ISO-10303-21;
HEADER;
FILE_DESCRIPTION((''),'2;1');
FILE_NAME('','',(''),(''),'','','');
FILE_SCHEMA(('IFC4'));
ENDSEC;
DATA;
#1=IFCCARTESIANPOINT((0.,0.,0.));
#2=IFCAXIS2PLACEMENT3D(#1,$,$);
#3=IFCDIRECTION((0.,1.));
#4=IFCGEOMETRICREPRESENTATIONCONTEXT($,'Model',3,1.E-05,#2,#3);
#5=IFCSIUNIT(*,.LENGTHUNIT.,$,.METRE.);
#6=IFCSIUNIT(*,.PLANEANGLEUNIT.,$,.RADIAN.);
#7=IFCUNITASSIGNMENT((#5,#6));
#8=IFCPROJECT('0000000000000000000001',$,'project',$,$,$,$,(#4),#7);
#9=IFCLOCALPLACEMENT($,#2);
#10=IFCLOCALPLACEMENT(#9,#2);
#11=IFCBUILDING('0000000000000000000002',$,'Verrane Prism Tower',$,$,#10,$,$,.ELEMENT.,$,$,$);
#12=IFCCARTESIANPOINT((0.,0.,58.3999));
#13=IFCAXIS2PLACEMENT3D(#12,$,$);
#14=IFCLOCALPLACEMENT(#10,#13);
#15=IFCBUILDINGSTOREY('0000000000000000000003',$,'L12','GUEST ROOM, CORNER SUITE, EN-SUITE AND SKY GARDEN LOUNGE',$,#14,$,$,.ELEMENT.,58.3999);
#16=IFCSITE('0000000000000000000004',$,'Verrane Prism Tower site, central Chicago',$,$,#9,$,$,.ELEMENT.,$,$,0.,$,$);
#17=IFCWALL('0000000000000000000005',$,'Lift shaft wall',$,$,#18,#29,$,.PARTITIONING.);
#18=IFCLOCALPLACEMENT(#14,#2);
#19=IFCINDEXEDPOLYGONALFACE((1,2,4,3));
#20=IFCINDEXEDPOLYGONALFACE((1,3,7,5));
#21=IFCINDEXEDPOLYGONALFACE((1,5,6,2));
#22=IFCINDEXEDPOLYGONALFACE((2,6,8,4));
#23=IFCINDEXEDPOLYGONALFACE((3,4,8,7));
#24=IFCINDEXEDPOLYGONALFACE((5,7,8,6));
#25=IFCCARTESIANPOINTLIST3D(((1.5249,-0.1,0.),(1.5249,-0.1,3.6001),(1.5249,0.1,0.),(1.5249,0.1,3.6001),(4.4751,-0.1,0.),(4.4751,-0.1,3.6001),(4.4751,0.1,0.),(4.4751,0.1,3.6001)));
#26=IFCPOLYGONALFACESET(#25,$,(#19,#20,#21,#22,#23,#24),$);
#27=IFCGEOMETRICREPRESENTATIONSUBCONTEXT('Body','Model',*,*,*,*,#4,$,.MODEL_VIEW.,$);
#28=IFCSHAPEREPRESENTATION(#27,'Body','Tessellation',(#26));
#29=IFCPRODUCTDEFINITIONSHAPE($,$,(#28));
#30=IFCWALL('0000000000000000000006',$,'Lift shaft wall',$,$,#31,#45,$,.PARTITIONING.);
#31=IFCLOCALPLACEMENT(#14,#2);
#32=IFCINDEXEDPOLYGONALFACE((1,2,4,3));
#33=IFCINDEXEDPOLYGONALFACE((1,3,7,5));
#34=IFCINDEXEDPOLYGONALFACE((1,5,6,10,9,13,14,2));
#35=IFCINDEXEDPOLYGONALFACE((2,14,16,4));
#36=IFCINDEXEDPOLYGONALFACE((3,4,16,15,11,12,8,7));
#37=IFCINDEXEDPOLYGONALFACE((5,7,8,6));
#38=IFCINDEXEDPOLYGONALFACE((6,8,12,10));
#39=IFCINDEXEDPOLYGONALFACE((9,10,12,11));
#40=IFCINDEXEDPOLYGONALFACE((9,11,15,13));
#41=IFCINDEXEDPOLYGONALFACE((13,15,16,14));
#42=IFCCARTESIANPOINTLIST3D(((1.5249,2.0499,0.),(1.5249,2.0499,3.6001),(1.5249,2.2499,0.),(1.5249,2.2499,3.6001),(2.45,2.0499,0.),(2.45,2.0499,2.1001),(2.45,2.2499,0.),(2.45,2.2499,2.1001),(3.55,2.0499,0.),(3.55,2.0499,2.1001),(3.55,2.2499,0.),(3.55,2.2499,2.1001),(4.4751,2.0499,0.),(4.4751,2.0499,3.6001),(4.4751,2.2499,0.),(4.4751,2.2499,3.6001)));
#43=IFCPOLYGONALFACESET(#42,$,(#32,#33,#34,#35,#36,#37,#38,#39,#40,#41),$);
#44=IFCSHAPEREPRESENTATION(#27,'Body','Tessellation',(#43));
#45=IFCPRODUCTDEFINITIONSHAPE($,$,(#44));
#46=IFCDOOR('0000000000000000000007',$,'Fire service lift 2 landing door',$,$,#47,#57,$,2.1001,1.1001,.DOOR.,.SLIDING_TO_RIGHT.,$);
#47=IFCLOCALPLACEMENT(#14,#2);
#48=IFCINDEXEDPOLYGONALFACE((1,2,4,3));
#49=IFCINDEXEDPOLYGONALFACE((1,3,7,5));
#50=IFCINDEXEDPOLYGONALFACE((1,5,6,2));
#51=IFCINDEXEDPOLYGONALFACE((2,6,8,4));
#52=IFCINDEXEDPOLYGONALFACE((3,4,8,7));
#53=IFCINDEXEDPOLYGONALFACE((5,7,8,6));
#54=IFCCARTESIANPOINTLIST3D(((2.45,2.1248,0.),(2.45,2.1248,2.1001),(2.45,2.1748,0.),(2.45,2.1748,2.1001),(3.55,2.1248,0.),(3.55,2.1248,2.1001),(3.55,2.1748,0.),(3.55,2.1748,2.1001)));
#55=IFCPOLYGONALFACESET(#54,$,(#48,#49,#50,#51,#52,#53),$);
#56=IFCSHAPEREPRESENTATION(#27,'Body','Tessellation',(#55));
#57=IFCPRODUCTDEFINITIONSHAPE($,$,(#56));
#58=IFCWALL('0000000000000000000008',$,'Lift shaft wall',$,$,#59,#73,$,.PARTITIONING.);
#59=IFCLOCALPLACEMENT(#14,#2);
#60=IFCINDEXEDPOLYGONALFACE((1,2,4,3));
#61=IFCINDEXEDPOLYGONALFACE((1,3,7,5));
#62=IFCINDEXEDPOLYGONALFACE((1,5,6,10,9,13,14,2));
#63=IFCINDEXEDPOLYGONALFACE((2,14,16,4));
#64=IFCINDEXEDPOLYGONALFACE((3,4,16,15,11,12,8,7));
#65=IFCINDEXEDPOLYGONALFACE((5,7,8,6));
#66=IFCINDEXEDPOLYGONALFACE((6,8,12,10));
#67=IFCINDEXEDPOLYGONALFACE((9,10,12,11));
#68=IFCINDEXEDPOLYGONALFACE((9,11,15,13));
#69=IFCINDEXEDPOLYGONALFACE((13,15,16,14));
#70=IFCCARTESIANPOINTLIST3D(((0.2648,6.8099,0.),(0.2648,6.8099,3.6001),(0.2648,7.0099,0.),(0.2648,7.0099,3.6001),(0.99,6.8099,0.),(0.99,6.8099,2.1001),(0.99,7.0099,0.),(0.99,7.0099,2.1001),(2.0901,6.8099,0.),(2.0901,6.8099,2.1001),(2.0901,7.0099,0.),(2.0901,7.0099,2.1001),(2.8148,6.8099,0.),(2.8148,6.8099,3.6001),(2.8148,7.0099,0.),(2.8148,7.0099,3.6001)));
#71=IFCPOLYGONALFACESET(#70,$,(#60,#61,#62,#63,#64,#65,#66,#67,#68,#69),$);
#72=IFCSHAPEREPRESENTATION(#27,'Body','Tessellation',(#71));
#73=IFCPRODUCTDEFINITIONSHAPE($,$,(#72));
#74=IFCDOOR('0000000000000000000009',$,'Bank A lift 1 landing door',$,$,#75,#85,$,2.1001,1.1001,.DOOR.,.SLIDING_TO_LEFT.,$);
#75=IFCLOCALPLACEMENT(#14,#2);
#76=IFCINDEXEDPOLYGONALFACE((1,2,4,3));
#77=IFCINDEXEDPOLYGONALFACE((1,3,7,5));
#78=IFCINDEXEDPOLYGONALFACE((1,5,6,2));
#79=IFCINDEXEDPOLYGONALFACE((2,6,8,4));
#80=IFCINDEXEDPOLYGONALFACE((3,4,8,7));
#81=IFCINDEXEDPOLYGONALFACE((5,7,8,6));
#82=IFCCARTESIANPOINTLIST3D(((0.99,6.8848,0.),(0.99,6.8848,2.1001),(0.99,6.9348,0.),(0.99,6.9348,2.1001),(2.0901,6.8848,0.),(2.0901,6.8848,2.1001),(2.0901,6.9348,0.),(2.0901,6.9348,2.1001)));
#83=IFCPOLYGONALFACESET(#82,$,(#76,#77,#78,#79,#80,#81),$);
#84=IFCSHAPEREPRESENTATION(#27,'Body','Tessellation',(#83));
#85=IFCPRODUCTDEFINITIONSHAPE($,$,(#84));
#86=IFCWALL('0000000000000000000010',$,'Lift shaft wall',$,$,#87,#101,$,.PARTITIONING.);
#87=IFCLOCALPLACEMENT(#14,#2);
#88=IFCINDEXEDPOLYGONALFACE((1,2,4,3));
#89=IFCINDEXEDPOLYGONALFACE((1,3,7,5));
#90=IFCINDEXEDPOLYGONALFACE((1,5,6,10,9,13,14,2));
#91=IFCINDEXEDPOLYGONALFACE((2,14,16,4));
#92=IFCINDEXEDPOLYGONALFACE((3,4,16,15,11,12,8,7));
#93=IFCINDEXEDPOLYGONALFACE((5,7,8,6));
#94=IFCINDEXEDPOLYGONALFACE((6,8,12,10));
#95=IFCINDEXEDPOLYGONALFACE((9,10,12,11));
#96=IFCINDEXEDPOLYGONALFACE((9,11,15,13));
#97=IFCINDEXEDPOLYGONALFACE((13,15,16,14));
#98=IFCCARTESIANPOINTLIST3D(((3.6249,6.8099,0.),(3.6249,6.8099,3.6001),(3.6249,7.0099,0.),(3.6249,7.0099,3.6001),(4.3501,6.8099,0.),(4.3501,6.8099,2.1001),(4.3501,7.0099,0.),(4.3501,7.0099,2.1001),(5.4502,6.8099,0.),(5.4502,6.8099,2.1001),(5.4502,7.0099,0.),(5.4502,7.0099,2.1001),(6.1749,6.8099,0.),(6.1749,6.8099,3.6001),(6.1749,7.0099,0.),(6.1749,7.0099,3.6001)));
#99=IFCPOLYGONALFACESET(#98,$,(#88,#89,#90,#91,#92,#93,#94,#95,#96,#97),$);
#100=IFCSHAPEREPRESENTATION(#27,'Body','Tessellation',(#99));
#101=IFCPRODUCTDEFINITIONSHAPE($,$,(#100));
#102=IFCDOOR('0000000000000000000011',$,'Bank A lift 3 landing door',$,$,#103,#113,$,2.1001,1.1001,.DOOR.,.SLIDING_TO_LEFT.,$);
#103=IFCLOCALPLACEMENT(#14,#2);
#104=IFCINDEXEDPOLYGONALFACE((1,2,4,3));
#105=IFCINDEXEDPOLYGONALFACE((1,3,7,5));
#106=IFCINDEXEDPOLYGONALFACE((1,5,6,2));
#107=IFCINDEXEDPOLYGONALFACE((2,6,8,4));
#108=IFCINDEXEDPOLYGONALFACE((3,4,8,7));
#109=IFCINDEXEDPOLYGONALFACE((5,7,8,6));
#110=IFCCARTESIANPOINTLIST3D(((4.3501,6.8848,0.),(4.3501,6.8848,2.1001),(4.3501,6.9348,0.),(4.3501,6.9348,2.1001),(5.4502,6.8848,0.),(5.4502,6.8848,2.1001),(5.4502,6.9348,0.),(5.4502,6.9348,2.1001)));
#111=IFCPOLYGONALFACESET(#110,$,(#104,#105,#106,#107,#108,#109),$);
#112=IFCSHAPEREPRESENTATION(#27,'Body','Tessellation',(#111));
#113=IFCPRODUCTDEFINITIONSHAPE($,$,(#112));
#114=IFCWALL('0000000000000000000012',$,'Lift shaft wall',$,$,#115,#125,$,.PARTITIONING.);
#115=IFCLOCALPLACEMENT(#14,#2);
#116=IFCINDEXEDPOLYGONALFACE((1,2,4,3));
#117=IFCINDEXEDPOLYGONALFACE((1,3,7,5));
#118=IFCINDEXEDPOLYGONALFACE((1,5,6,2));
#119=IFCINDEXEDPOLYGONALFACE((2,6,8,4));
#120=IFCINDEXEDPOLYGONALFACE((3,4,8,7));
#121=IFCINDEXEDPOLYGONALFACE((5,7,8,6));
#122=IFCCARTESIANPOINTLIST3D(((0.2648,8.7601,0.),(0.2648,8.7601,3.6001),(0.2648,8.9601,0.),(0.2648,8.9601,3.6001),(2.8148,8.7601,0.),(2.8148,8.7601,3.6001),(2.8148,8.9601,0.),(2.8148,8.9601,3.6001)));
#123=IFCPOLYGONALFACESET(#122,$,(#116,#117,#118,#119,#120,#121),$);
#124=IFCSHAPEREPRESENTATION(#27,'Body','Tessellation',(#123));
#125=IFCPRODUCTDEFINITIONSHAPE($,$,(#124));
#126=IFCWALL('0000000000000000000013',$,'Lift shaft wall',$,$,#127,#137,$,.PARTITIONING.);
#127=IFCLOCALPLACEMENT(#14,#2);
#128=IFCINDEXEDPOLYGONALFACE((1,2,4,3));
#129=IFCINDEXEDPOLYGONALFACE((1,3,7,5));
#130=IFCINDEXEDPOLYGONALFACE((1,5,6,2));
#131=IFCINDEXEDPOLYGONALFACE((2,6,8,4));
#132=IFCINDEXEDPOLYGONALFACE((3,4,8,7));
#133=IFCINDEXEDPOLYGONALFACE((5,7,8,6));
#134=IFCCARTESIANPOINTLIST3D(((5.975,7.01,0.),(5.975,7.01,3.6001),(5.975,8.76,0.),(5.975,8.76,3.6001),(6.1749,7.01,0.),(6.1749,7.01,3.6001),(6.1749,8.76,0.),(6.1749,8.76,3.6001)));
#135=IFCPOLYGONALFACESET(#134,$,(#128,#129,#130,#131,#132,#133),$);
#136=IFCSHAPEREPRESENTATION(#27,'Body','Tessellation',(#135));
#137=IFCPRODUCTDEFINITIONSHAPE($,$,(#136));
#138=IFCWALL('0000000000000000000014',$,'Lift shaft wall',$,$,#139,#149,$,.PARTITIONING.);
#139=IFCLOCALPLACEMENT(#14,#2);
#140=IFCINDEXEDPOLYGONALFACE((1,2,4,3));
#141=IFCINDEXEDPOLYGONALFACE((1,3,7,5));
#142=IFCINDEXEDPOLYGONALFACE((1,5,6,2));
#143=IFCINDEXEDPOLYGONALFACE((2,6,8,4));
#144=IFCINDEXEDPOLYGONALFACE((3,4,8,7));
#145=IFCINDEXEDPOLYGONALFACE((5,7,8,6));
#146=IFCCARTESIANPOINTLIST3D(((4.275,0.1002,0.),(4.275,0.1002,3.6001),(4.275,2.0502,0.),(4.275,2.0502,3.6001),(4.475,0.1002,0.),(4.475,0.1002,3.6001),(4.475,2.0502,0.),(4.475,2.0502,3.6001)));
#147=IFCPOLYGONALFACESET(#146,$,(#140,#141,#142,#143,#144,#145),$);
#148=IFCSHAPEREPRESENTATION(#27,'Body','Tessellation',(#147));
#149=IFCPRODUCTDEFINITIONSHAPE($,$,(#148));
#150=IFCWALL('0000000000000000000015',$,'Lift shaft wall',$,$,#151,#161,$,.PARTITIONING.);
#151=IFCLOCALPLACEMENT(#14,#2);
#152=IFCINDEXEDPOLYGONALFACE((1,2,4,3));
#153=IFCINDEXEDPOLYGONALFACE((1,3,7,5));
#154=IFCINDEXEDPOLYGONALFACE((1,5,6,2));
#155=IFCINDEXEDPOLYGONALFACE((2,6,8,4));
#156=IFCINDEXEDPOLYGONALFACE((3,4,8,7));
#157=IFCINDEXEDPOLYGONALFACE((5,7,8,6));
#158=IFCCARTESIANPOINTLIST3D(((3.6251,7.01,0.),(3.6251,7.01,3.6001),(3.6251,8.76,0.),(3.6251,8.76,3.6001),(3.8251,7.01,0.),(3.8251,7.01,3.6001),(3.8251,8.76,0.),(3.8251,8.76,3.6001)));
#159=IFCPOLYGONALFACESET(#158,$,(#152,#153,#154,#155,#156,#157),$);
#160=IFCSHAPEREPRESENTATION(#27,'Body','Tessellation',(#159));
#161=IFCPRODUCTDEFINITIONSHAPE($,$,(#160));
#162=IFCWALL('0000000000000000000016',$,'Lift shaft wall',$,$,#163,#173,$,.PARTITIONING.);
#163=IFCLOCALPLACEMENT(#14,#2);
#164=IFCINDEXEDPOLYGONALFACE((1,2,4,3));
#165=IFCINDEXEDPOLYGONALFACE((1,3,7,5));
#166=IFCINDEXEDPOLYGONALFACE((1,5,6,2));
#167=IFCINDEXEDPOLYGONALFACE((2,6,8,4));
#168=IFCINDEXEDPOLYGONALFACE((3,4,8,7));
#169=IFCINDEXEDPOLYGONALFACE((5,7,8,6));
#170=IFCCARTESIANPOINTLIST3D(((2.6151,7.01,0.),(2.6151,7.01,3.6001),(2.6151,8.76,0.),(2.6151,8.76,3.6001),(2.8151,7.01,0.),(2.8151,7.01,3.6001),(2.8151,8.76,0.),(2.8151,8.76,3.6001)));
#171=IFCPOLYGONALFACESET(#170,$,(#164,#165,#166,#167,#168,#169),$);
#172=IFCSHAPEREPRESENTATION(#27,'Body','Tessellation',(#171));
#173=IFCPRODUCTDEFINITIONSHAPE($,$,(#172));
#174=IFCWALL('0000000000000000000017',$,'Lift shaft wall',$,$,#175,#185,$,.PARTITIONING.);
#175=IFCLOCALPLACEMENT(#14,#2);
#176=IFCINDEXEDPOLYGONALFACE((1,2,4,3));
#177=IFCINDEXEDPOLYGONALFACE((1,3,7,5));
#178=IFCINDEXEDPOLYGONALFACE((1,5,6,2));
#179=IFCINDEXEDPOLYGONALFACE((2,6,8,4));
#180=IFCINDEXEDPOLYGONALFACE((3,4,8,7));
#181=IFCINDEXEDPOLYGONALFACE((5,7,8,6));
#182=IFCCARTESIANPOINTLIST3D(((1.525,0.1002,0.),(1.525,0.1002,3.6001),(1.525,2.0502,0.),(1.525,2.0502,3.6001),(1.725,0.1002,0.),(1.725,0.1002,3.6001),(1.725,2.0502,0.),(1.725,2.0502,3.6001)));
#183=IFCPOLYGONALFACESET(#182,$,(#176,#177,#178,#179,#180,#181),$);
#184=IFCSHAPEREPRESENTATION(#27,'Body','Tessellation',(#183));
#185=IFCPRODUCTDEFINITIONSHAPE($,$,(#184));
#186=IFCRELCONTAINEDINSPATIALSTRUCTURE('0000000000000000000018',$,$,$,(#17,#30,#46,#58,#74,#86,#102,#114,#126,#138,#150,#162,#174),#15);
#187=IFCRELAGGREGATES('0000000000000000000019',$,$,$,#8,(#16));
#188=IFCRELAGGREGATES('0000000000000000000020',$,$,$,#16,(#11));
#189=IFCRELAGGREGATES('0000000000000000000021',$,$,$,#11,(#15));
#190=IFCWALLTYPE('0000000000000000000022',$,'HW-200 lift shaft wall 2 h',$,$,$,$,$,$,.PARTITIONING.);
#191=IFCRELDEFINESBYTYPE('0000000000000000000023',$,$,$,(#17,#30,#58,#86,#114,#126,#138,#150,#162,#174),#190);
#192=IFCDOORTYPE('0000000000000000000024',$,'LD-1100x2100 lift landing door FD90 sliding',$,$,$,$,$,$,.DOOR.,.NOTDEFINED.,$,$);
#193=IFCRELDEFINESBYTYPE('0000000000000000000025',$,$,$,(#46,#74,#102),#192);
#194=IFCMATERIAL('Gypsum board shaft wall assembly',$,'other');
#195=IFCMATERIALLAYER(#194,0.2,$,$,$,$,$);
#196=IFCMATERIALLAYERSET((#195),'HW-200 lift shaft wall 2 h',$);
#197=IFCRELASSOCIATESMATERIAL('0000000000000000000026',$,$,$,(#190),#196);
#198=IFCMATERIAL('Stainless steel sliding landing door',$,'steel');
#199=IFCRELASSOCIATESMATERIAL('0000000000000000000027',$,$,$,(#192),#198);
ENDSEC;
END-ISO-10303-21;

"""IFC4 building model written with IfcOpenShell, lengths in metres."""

from ifc_helpers import new_model, si_unit, direction, frame, frame_2d, origin, place, context, subcontext, project, spatial, rectangle, extrude, material, layer, layer_set, type_object, element, fill, save


model = new_model("IFC4")

# Units and contexts
model_context = context("Model", 3, precision=1e-05, world=origin(), true_north=direction((0.0, 1.0)))
body_context = subcontext(model_context, "Body", "Model", "MODEL_VIEW")
ifc_project = project(units=[si_unit("LENGTHUNIT", "METRE"), si_unit("PLANEANGLEUNIT", "RADIAN")], contexts=[model_context])

# Site, building, storey
site_placement = place(None, origin())
site = spatial("IfcSite", under=ifc_project, at=site_placement, Name="Verrane Prism Tower site, central Chicago", CompositionType="ELEMENT", RefElevation=0.0)
building_placement = place(site_placement, origin())
building = spatial("IfcBuilding", under=site, at=building_placement, Name="Verrane Prism Tower", CompositionType="ELEMENT")
storey_placement = place(building_placement, frame((0.0, 0.0, 58.3999)))
storey = spatial("IfcBuildingStorey", under=building, at=storey_placement, Name="L12", Description="GUEST ROOM, CORNER SUITE, EN-SUITE AND SKY GARDEN LOUNGE", CompositionType="ELEMENT", Elevation=58.3999)

# Wall
ifc_material_1 = material(Name="Gypsum board shaft wall assembly", Category="other")
ifc_layer_1 = layer(ifc_material_1, 0.2)
ifc_layer_set_1 = layer_set([ifc_layer_1], Name="HW-200 lift shaft wall 2 h")
wall_type_1 = type_object("IfcWallType", Name="HW-200 lift shaft wall 2 h", PredefinedType="PARTITIONING", material=ifc_layer_set_1)
wall_1_placement = place(storey_placement, frame((1.5249, 0.0, 0.0), z_axis=(0.0, 0.0, 1.0), x_axis=(1.0, 0.0, 0.0)))
element("IfcWall", 1, at=wall_1_placement, inside=storey, type_object=wall_type_1, Name="Lift shaft wall", PredefinedType="PARTITIONING", context=body_context, shape_type="SweptSolid", body=[
    extrude(rectangle(XDim=2.9502, YDim=0.2, at=frame_2d((1.4751, 0.0))), origin(), (0.0, 0.0, 1.0), 3.6001),
])

# Walls, openings, doors
wall_2_placement = place(storey_placement, frame((1.5249, 2.1499, 0.0), z_axis=(0.0, 0.0, 1.0), x_axis=(1.0, 0.0, 0.0)))
wall_2 = element("IfcWall", 2, at=wall_2_placement, inside=storey, type_object=wall_type_1, Name="Lift shaft wall", PredefinedType="PARTITIONING", context=body_context, shape_type="SweptSolid", body=[
    extrude(rectangle(XDim=2.9502, YDim=0.2, at=frame_2d((1.4751, 0.0))), origin(), (0.0, 0.0, 1.0), 3.6001),
])
opening_1_placement = place(wall_2_placement, frame((0.925, 0.0, 0.0)))
opening_1 = element("IfcOpeningElement", 3, at=opening_1_placement, cuts=wall_2, PredefinedType="OPENING", context=body_context, shape_type="SweptSolid", body=[
    extrude(rectangle(XDim=1.1001, YDim=2.1001, at=frame_2d((0.55, 1.05))), frame((0.0, 0.1099, 0.0), z_axis=(0.0, -1.0, 0.0), x_axis=(1.0, 0.0, 0.0)), (0.0, 0.0, 1.0), 0.22),
])
ifc_material_2 = material(Name="Stainless steel sliding landing door", Category="steel")
door_type_1 = type_object("IfcDoorType", Name="LD-1100x2100 lift landing door FD90 sliding", OperationType="NOTDEFINED", PredefinedType="DOOR", material=ifc_material_2)
door_1_placement = place(opening_1_placement, origin())
door_1 = element("IfcDoor", 4, at=door_1_placement, inside=storey, type_object=door_type_1, Name="Fire service lift 2 landing door", OperationType="SLIDING_TO_RIGHT", OverallHeight=2.1001, OverallWidth=1.1001, PredefinedType="DOOR", context=body_context, shape_type="SweptSolid", body=[
    extrude(rectangle(XDim=1.1001, YDim=2.1001, at=frame_2d((0.55, 1.05))), frame((0.0, 0.0249, 0.0), z_axis=(0.0, -1.0, 0.0), x_axis=(1.0, 0.0, 0.0)), (0.0, 0.0, 1.0), 0.05),
])
fill(opening_1, door_1)
wall_3_placement = place(storey_placement, frame((0.2649, 6.9099, 0.0), z_axis=(0.0, 0.0, 1.0), x_axis=(1.0, 0.0, 0.0)))
wall_3 = element("IfcWall", 5, at=wall_3_placement, inside=storey, type_object=wall_type_1, Name="Lift shaft wall", PredefinedType="PARTITIONING", context=body_context, shape_type="SweptSolid", body=[
    extrude(rectangle(XDim=2.55, YDim=0.2, at=frame_2d((1.2749, 0.0))), origin(), (0.0, 0.0, 1.0), 3.6001),
])
opening_2_placement = place(wall_3_placement, frame((0.7251, 0.0, 0.0)))
opening_2 = element("IfcOpeningElement", 6, at=opening_2_placement, cuts=wall_3, PredefinedType="OPENING", context=body_context, shape_type="SweptSolid", body=[
    extrude(rectangle(XDim=1.1001, YDim=2.1001, at=frame_2d((0.55, 1.05))), frame((0.0, 0.1099, 0.0), z_axis=(0.0, -1.0, 0.0), x_axis=(1.0, 0.0, 0.0)), (0.0, 0.0, 1.0), 0.22),
])
door_2_placement = place(opening_2_placement, origin())
door_2 = element("IfcDoor", 7, at=door_2_placement, inside=storey, type_object=door_type_1, Name="Bank A lift 1 landing door", OperationType="SLIDING_TO_LEFT", OverallHeight=2.1001, OverallWidth=1.1001, PredefinedType="DOOR", context=body_context, shape_type="SweptSolid", body=[
    extrude(rectangle(XDim=1.1001, YDim=2.1001, at=frame_2d((0.55, 1.05))), frame((0.0, 0.0249, 0.0), z_axis=(0.0, -1.0, 0.0), x_axis=(1.0, 0.0, 0.0)), (0.0, 0.0, 1.0), 0.05),
])
fill(opening_2, door_2)
wall_4_placement = place(storey_placement, frame((3.625, 6.9099, 0.0), z_axis=(0.0, 0.0, 1.0), x_axis=(1.0, 0.0, 0.0)))
wall_4 = element("IfcWall", 8, at=wall_4_placement, inside=storey, type_object=wall_type_1, Name="Lift shaft wall", PredefinedType="PARTITIONING", context=body_context, shape_type="SweptSolid", body=[
    extrude(rectangle(XDim=2.55, YDim=0.2, at=frame_2d((1.2749, 0.0))), origin(), (0.0, 0.0, 1.0), 3.6001),
])
opening_3_placement = place(wall_4_placement, frame((0.7251, 0.0, 0.0)))
opening_3 = element("IfcOpeningElement", 9, at=opening_3_placement, cuts=wall_4, PredefinedType="OPENING", context=body_context, shape_type="SweptSolid", body=[
    extrude(rectangle(XDim=1.1001, YDim=2.1001, at=frame_2d((0.55, 1.05))), frame((0.0, 0.1099, 0.0), z_axis=(0.0, -1.0, 0.0), x_axis=(1.0, 0.0, 0.0)), (0.0, 0.0, 1.0), 0.22),
])
door_3_placement = place(opening_3_placement, origin())
door_3 = element("IfcDoor", 10, at=door_3_placement, inside=storey, type_object=door_type_1, Name="Bank A lift 3 landing door", OperationType="SLIDING_TO_LEFT", OverallHeight=2.1001, OverallWidth=1.1001, PredefinedType="DOOR", context=body_context, shape_type="SweptSolid", body=[
    extrude(rectangle(XDim=1.1001, YDim=2.1001, at=frame_2d((0.55, 1.05))), frame((0.0, 0.0249, 0.0), z_axis=(0.0, -1.0, 0.0), x_axis=(1.0, 0.0, 0.0)), (0.0, 0.0, 1.0), 0.05),
])
fill(opening_3, door_3)

# Walls
wall_5_placement = place(storey_placement, frame((0.2649, 8.8601, 0.0), z_axis=(0.0, 0.0, 1.0), x_axis=(1.0, 0.0, 0.0)))
element("IfcWall", 11, at=wall_5_placement, inside=storey, type_object=wall_type_1, Name="Lift shaft wall", PredefinedType="PARTITIONING", context=body_context, shape_type="SweptSolid", body=[
    extrude(rectangle(XDim=2.55, YDim=0.2, at=frame_2d((1.2749, 0.0))), origin(), (0.0, 0.0, 1.0), 3.6001),
])
wall_6_placement = place(storey_placement, frame((6.075, 7.01, 0.0), z_axis=(0.0, 0.0, 1.0), x_axis=(0.0, 1.0, 0.0)))
element("IfcWall", 12, at=wall_6_placement, inside=storey, type_object=wall_type_1, Name="Lift shaft wall", PredefinedType="PARTITIONING", context=body_context, shape_type="SweptSolid", body=[
    extrude(rectangle(XDim=1.75, YDim=0.2, at=frame_2d((0.875, 0.0))), origin(), (0.0, 0.0, 1.0), 3.6001),
])
wall_7_placement = place(storey_placement, frame((4.375, 0.1001, 0.0), z_axis=(0.0, 0.0, 1.0), x_axis=(0.0, 1.0, 0.0)))
element("IfcWall", 13, at=wall_7_placement, inside=storey, type_object=wall_type_1, Name="Lift shaft wall", PredefinedType="PARTITIONING", context=body_context, shape_type="SweptSolid", body=[
    extrude(rectangle(XDim=1.95, YDim=0.2, at=frame_2d((0.9751, 0.0))), origin(), (0.0, 0.0, 1.0), 3.6001),
])
for number, where, z_axis, x_axis, name in (
    (14, (3.7251, 7.01, 0.0), (0.0, 0.0, 1.0), (0.0, 1.0, 0.0), "Lift shaft wall"),
    (15, (2.7151, 7.01, 0.0), (0.0, 0.0, 1.0), (0.0, 1.0, 0.0), "Lift shaft wall"),
):
    element("IfcWall", number, at=place(storey_placement, frame(where, z_axis=z_axis, x_axis=x_axis)), inside=storey, type_object=wall_type_1, Name=name, PredefinedType="PARTITIONING", context=body_context, shape_type="SweptSolid", body=[
        extrude(rectangle(XDim=1.75, YDim=0.2, at=frame_2d((0.875, 0.0))), origin(), (0.0, 0.0, 1.0), 3.6001),
    ])
wall_8_placement = place(storey_placement, frame((1.625, 0.1001, 0.0), z_axis=(0.0, 0.0, 1.0), x_axis=(0.0, 1.0, 0.0)))
element("IfcWall", 16, at=wall_8_placement, inside=storey, type_object=wall_type_1, Name="Lift shaft wall", PredefinedType="PARTITIONING", context=body_context, shape_type="SweptSolid", body=[
    extrude(rectangle(XDim=1.95, YDim=0.2, at=frame_2d((0.9751, 0.0))), origin(), (0.0, 0.0, 1.0), 3.6001),
])

save(model, "model.ifc")
